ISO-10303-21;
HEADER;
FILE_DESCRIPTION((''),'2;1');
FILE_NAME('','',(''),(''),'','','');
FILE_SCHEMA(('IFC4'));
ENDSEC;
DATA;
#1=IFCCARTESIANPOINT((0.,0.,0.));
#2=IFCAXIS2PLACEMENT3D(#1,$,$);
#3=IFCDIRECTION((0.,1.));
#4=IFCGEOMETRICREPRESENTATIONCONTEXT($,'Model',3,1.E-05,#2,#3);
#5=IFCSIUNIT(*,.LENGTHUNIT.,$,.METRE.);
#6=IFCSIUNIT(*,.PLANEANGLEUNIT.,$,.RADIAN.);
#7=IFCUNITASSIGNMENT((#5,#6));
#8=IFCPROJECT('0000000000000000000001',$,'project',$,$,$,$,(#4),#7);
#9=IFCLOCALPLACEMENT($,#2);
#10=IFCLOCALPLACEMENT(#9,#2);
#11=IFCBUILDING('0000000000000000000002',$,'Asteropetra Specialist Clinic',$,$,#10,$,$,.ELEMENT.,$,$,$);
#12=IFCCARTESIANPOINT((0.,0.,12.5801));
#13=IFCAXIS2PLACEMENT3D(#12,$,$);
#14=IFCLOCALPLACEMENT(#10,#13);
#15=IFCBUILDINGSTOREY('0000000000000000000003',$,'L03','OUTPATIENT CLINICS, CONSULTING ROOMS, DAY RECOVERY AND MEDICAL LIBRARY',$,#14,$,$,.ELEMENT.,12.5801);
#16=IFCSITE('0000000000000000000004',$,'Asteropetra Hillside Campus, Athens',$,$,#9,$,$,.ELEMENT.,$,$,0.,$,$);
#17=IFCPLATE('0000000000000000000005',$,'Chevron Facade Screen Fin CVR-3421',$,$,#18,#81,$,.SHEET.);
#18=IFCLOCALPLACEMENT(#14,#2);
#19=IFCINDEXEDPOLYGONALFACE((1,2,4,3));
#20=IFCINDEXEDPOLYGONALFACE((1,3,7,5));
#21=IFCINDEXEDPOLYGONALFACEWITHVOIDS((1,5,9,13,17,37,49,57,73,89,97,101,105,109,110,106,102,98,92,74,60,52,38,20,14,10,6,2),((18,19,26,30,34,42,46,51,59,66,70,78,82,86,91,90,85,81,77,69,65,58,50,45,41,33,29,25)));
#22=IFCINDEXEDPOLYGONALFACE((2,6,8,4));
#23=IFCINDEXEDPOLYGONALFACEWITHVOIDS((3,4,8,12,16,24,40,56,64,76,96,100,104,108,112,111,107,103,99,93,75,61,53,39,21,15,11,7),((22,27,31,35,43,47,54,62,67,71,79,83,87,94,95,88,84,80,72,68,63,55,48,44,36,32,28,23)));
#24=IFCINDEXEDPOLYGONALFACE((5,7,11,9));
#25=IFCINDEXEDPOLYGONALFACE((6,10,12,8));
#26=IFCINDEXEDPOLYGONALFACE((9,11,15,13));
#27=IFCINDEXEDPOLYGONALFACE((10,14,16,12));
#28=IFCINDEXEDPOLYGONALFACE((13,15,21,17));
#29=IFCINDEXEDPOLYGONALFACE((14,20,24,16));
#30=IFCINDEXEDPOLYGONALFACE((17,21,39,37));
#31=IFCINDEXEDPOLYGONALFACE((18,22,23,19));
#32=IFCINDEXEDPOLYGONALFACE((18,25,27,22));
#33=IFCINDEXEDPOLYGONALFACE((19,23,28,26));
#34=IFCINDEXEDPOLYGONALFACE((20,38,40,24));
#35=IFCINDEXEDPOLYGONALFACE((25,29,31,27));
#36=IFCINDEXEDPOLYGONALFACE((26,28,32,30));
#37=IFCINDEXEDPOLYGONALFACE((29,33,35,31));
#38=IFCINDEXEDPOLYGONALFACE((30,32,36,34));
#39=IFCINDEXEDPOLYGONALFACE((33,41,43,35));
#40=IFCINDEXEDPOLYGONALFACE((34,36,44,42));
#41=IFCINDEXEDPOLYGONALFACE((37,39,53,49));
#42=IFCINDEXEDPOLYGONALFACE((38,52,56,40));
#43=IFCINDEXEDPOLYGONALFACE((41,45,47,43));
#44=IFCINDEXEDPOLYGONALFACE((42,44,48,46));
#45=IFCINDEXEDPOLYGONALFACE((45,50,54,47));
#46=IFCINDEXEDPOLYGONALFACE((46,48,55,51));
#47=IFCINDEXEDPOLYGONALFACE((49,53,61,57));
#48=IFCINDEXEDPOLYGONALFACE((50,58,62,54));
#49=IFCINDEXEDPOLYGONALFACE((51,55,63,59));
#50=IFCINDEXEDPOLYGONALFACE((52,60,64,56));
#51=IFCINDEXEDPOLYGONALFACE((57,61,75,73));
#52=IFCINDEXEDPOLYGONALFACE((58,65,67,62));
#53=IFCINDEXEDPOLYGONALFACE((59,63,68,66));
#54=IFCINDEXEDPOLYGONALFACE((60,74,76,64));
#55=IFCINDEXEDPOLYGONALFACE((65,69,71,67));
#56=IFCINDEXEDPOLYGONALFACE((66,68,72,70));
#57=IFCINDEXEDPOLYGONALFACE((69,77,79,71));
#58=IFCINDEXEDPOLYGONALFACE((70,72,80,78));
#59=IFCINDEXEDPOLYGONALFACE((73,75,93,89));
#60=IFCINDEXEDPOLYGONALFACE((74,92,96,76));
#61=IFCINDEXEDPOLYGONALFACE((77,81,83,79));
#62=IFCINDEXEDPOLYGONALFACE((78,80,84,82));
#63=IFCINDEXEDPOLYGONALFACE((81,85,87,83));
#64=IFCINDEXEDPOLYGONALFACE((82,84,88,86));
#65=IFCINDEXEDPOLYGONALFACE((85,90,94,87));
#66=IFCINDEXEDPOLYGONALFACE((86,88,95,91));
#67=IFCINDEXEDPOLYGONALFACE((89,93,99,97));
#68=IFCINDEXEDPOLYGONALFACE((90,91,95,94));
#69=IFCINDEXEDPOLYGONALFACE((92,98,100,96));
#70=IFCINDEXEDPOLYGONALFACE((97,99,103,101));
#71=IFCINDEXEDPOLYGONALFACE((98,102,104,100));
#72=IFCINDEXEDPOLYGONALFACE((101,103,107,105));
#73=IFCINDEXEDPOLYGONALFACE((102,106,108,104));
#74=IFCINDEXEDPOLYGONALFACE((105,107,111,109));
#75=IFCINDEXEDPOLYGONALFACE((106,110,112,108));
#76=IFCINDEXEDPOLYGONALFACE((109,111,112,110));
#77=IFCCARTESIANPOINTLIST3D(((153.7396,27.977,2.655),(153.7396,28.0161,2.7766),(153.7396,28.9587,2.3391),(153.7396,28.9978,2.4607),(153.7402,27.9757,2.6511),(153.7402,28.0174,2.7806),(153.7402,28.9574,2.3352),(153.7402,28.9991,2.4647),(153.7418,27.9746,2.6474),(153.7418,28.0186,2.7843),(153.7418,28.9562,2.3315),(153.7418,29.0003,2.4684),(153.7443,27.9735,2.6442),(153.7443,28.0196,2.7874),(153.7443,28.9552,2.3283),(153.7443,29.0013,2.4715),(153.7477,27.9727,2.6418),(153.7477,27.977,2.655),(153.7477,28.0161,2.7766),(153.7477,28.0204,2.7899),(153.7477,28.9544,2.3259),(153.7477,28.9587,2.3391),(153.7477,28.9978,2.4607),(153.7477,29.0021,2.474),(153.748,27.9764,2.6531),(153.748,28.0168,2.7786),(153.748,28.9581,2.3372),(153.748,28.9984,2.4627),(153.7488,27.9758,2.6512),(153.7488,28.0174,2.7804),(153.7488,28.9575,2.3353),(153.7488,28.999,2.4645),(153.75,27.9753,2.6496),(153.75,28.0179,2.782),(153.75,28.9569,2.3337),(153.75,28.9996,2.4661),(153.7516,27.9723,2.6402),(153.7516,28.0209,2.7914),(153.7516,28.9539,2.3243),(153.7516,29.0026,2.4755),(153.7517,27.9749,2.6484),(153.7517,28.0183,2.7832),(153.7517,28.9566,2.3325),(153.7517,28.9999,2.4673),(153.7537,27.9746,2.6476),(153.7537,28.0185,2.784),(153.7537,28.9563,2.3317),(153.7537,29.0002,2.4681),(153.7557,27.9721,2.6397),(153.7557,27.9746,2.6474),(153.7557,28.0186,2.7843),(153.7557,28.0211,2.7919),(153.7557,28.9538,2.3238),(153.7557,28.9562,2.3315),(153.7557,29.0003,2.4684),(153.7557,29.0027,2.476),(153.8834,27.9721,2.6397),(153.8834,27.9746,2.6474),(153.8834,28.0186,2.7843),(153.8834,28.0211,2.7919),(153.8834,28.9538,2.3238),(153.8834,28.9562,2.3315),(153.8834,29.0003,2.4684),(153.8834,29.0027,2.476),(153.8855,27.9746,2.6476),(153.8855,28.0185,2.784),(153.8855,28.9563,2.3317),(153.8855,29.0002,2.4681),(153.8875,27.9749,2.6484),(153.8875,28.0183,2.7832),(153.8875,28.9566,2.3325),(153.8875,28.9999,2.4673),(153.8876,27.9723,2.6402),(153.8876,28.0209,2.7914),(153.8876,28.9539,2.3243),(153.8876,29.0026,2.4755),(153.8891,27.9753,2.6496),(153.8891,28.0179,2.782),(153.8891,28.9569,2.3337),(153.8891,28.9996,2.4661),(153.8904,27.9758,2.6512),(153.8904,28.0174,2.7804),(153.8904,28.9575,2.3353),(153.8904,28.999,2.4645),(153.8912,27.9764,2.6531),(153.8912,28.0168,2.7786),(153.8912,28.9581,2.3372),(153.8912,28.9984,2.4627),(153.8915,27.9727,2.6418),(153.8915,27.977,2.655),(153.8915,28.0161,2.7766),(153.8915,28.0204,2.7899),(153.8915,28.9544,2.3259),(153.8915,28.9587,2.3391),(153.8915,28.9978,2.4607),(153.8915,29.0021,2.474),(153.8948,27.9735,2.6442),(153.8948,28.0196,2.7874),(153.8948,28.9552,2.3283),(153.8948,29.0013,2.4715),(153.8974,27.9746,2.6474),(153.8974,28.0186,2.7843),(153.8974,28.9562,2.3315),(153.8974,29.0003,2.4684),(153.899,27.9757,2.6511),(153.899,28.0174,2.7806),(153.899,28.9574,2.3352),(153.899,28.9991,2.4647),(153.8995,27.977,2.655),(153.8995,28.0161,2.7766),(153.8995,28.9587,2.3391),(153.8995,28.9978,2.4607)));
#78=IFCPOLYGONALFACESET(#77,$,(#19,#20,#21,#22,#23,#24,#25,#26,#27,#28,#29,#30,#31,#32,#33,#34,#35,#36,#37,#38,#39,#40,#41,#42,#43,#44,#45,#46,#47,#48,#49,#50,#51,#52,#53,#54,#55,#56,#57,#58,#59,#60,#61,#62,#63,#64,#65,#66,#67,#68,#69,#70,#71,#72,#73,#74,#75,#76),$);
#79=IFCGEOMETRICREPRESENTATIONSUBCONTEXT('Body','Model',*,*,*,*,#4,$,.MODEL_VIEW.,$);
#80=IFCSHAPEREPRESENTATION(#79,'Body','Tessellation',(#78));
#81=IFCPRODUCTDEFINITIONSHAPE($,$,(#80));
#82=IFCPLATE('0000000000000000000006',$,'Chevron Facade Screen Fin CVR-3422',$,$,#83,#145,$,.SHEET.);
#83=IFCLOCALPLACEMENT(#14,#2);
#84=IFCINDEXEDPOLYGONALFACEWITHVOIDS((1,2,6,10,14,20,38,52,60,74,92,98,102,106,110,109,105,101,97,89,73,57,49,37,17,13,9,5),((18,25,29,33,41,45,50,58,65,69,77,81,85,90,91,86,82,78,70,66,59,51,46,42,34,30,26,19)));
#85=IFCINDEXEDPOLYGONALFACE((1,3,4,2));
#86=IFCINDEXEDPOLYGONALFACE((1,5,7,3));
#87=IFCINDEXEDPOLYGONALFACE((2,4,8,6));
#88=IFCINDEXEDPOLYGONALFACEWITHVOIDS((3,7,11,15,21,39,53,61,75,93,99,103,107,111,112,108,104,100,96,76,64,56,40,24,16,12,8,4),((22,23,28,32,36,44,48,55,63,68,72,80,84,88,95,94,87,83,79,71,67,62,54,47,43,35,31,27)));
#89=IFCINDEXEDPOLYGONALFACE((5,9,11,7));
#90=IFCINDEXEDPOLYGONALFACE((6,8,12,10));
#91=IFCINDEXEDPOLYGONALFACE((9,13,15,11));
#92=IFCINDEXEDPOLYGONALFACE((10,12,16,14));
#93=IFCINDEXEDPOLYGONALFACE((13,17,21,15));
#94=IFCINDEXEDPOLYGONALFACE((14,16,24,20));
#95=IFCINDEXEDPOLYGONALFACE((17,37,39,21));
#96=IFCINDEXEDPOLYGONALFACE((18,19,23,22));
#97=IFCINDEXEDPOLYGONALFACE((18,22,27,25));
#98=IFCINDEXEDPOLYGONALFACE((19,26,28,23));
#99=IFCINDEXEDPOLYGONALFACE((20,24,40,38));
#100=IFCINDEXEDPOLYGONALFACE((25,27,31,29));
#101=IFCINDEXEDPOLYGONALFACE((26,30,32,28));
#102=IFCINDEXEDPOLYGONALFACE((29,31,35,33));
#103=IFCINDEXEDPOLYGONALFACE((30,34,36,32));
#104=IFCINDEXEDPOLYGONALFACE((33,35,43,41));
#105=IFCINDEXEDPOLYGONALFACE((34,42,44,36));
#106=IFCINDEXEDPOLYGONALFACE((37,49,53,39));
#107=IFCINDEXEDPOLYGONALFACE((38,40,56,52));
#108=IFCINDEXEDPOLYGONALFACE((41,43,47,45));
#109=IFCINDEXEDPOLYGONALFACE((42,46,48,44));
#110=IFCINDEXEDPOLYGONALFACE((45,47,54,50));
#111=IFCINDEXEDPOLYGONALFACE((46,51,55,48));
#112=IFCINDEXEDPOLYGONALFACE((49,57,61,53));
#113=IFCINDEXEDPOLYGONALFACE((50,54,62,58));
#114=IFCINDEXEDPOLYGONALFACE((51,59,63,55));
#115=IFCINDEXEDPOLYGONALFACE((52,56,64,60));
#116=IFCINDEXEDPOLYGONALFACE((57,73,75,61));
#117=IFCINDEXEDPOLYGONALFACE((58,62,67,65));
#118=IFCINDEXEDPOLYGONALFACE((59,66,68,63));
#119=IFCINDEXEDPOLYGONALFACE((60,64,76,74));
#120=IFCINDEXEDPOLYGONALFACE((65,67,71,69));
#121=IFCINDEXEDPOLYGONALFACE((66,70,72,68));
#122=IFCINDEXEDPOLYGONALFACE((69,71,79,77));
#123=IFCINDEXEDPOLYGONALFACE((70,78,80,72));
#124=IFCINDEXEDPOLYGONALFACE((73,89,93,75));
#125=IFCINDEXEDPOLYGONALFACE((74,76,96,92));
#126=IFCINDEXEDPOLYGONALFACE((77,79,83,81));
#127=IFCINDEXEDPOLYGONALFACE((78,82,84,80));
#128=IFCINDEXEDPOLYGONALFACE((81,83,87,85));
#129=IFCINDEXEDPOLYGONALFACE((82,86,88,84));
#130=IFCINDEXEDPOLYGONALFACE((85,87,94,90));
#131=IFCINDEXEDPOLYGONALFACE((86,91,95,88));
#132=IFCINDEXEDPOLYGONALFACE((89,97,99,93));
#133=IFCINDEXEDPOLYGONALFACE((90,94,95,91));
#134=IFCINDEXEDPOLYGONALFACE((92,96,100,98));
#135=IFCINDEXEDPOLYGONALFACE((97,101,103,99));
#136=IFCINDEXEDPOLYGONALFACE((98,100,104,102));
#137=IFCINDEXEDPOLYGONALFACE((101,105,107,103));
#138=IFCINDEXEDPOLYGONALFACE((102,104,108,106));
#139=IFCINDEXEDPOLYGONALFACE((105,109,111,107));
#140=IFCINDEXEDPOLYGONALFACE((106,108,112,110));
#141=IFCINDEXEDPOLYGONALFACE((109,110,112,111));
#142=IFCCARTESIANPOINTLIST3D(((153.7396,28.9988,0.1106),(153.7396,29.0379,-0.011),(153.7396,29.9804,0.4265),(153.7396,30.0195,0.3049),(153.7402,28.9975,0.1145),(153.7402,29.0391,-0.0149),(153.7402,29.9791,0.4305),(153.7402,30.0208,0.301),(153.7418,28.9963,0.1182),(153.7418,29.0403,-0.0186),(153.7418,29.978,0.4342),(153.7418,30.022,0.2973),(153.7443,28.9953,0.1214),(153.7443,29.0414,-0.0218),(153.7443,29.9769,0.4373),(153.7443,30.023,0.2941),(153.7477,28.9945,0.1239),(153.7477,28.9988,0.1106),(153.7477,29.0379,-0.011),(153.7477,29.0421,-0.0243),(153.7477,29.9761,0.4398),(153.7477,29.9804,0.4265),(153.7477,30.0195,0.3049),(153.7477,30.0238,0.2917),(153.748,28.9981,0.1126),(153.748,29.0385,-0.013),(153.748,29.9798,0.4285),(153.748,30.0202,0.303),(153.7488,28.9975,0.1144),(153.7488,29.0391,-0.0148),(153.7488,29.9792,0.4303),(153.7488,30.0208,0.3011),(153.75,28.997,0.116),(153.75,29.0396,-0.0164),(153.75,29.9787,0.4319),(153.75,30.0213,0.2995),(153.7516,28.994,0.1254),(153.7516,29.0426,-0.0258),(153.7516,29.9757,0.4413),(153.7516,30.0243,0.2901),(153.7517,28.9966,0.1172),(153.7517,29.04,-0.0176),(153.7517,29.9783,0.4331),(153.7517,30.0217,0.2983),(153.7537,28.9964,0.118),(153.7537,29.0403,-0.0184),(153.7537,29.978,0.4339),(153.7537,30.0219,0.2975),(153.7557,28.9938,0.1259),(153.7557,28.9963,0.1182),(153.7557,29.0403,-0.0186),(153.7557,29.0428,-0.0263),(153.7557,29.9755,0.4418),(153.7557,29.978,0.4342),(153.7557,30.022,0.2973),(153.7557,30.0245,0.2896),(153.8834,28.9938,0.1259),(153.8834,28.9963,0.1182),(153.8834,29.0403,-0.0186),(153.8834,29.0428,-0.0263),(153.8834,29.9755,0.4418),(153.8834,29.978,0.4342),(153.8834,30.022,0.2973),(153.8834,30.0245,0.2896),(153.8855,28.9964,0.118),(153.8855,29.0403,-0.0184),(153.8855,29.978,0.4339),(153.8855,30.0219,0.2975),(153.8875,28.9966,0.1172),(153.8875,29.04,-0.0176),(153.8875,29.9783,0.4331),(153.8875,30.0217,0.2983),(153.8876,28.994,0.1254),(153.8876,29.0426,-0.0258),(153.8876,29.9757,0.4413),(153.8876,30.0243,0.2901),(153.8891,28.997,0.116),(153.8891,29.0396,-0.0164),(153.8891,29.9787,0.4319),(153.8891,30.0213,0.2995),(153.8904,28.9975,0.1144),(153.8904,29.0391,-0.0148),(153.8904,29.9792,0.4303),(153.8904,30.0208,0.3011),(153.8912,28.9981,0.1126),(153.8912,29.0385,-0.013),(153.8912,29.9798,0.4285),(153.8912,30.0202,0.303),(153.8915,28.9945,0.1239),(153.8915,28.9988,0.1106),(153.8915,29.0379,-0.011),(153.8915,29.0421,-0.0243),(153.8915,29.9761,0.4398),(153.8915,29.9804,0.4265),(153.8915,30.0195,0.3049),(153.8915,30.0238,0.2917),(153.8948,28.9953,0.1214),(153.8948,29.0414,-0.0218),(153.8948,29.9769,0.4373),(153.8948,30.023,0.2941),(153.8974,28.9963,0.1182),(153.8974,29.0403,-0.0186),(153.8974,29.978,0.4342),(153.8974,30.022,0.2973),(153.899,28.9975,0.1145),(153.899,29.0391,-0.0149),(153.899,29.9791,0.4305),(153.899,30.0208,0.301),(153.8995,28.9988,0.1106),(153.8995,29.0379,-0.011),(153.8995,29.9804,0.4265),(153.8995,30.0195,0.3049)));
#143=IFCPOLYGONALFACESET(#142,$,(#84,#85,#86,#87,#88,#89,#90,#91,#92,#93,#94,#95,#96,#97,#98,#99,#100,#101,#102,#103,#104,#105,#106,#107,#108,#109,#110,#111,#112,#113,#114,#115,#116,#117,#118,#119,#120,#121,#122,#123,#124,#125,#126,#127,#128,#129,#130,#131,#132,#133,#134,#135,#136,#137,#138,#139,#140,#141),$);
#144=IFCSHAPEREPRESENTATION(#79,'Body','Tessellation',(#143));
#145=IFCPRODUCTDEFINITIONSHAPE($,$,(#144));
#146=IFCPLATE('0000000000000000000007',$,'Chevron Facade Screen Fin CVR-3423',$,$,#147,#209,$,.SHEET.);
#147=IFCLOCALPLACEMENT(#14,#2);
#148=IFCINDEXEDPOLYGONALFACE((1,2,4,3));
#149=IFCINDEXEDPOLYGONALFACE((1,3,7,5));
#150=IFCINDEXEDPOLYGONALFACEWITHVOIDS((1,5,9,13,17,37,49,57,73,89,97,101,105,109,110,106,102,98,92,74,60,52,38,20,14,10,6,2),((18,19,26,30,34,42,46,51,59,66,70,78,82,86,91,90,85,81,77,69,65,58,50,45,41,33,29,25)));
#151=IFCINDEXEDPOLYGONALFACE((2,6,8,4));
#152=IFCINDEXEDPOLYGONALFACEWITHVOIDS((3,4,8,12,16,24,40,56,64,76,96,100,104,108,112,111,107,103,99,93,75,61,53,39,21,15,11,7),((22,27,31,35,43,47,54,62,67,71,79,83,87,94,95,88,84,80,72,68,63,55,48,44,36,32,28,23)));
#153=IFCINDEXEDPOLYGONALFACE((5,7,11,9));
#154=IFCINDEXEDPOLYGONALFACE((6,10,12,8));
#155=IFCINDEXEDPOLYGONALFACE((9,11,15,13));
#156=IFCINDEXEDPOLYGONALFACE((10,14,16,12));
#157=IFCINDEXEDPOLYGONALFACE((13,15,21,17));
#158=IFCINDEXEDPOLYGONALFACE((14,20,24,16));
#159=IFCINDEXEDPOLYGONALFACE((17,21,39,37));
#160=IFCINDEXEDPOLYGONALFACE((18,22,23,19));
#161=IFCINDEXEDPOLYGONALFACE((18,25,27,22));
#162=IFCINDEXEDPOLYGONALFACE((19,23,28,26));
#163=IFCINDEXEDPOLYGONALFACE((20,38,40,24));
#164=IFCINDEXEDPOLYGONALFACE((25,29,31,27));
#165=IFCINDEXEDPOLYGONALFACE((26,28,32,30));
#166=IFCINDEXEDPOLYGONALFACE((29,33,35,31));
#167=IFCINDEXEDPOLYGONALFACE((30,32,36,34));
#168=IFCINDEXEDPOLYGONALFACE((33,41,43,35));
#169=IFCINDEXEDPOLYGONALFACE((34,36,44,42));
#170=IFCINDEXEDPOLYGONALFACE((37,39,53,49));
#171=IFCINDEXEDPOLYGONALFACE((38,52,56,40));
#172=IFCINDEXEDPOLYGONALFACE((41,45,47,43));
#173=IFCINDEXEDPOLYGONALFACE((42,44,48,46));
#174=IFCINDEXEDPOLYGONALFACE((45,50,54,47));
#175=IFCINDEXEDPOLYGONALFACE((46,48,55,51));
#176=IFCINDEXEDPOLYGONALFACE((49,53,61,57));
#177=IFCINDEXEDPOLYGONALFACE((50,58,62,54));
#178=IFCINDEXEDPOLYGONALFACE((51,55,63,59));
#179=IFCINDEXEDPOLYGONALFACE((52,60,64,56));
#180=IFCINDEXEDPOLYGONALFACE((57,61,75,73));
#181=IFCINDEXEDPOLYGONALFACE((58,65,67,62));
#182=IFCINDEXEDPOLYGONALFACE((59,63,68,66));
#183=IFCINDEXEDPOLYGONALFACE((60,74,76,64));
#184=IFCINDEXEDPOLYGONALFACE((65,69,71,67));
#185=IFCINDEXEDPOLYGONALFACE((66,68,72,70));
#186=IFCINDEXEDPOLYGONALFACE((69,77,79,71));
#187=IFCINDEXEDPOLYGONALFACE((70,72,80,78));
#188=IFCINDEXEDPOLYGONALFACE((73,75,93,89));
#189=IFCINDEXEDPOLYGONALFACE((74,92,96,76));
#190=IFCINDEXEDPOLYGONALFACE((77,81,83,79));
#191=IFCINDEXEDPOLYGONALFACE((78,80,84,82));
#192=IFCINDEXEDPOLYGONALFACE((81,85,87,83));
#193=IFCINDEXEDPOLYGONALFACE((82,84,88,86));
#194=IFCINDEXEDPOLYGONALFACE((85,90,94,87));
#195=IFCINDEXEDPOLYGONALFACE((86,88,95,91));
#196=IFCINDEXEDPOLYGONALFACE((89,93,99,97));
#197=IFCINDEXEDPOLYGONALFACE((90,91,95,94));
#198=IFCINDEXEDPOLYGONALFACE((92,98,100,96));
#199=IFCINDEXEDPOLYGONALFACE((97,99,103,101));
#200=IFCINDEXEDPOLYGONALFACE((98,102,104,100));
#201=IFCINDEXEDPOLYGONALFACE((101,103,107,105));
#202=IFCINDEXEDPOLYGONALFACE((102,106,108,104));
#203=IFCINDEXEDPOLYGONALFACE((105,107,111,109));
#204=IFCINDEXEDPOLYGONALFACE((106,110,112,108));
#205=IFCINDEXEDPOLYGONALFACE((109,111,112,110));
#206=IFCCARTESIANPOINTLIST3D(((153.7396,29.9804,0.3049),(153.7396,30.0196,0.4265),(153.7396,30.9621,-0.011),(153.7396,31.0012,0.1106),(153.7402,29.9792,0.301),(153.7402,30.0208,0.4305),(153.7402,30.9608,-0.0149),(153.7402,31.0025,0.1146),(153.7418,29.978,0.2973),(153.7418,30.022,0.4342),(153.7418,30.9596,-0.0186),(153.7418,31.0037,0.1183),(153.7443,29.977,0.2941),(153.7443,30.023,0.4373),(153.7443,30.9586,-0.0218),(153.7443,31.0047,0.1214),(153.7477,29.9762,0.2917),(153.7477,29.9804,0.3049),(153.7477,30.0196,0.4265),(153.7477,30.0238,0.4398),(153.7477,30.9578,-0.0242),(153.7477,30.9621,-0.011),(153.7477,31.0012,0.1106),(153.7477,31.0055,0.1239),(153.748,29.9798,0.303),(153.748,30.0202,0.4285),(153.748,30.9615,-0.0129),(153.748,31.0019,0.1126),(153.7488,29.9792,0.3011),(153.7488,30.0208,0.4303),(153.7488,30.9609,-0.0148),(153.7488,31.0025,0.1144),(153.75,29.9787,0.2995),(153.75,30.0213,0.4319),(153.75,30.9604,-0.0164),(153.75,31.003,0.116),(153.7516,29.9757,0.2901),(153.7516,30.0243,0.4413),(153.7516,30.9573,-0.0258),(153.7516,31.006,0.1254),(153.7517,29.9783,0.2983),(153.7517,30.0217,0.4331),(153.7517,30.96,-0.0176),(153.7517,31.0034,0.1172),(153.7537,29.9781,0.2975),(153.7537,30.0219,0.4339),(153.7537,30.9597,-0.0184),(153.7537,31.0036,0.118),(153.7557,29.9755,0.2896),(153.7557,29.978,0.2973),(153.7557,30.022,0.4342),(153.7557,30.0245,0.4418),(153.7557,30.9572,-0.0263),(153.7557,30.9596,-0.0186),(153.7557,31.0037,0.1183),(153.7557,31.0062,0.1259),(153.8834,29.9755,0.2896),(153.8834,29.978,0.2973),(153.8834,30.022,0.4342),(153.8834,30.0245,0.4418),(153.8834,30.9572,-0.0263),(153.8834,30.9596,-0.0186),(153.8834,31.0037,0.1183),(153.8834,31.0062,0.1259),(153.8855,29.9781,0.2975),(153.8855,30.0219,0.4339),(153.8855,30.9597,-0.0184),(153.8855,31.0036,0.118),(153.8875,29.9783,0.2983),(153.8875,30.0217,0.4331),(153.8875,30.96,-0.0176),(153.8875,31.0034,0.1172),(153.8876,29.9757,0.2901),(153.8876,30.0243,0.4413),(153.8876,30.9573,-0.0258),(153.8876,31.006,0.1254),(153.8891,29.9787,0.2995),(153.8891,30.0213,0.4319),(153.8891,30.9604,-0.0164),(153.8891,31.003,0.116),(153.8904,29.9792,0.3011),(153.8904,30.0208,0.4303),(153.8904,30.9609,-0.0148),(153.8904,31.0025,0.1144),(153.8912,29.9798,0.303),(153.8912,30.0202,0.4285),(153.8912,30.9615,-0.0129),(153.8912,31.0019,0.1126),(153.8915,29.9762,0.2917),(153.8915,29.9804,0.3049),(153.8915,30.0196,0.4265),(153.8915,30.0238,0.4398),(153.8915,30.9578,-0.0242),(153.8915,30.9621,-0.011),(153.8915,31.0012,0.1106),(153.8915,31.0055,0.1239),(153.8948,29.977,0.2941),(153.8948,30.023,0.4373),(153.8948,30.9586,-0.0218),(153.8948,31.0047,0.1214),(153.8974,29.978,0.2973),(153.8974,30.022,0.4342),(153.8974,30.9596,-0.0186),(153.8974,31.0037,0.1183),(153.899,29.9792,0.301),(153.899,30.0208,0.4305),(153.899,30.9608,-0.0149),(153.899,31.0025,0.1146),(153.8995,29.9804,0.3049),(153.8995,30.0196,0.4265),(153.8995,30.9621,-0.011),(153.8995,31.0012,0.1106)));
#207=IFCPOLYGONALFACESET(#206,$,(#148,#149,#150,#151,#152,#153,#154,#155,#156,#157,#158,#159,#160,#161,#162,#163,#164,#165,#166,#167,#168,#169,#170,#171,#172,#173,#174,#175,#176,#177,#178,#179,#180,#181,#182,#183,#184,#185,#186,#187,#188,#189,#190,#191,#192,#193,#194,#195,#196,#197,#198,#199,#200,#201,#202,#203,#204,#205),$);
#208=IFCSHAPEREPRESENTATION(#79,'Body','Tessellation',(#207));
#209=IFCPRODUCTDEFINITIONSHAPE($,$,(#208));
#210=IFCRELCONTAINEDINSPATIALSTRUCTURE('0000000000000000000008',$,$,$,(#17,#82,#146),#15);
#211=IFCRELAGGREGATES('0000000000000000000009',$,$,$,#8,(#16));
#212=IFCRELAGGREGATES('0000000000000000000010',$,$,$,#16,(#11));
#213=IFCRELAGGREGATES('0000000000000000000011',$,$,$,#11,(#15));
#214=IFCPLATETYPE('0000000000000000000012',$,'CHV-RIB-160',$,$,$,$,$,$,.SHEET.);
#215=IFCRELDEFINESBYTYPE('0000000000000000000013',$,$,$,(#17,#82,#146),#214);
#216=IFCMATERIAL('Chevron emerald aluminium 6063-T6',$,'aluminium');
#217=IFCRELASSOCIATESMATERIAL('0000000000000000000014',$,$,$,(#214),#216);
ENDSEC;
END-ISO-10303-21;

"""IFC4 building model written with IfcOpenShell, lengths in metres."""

from ifc_helpers import new_model, si_unit, direction, frame, origin, origin_2d, place, context, subcontext, project, spatial, hollow_rectangle, extrude, material, material_profile, profile_set, type_object, element, save


model = new_model("IFC4")

# Units and contexts
model_context = context("Model", 3, precision=1e-05, world=origin(), true_north=direction((0.0, 1.0)))
body_context = subcontext(model_context, "Body", "Model", "MODEL_VIEW")
ifc_project = project(units=[si_unit("LENGTHUNIT", "METRE"), si_unit("PLANEANGLEUNIT", "RADIAN")], contexts=[model_context])

# Site, building, storey
site_placement = place(None, origin())
site = spatial("IfcSite", under=ifc_project, at=site_placement, Name="Asteropetra Hillside Campus, Athens", CompositionType="ELEMENT", RefElevation=0.0)
building_placement = place(site_placement, origin())
building = spatial("IfcBuilding", under=site, at=building_placement, Name="Asteropetra Specialist Clinic", CompositionType="ELEMENT")
storey_placement = place(building_placement, frame((0.0, 0.0, 12.5801)))
storey = spatial("IfcBuildingStorey", under=building, at=storey_placement, Name="L03", Description="OUTPATIENT CLINICS, CONSULTING ROOMS, DAY RECOVERY AND MEDICAL LIBRARY", CompositionType="ELEMENT", Elevation=12.5801)

# Plates
ifc_material_1 = material(Name="Chevron emerald aluminium 6063-T6", Category="aluminium")
ifc_material_profile = material_profile(ifc_material_1, hollow_rectangle(XDim=0.1599, YDim=0.1599, WallThickness=0.0081, InnerFilletRadius=0.0081, OuterFilletRadius=0.0161, at=origin_2d()), Name="SHS 160x160x8.0")
ifc_profile_set = profile_set([ifc_material_profile], Name="Chevron emerald aluminium 6063-T6")
plate_type_1 = type_object("IfcPlateType", Name="CHV-RIB-160", PredefinedType="SHEET", material=ifc_profile_set)
for number, where, z_axis, x_axis, name in (
    (1, (153.8196, 27.9966, 2.7158), (0.0, 0.951923, -0.306339), (-1.0, 0.0, 0.0), "Chevron Facade Screen Fin CVR-3421"),
    (2, (153.8196, 29.0183, 0.0498), (0.0, 0.951923, 0.306339), (-1.0, 0.0, 0.0), "Chevron Facade Screen Fin CVR-3422"),
    (3, (153.8196, 30.0, 0.3657), (0.0, 0.951923, -0.306339), (-1.0, 0.0, 0.0), "Chevron Facade Screen Fin CVR-3423"),
):
    element("IfcPlate", number, at=place(storey_placement, frame(where, z_axis=z_axis, x_axis=x_axis)), inside=storey, type_object=plate_type_1, Name=name, PredefinedType="SHEET", context=body_context, shape_type="SweptSolid", body=[
        extrude(hollow_rectangle(XDim=0.1599, YDim=0.1599, WallThickness=0.0081, InnerFilletRadius=0.0081, OuterFilletRadius=0.0161, at=origin_2d()), origin(), (0.0, 0.0, 1.0), 1.0312),
    ])

save(model, "model.ifc")
